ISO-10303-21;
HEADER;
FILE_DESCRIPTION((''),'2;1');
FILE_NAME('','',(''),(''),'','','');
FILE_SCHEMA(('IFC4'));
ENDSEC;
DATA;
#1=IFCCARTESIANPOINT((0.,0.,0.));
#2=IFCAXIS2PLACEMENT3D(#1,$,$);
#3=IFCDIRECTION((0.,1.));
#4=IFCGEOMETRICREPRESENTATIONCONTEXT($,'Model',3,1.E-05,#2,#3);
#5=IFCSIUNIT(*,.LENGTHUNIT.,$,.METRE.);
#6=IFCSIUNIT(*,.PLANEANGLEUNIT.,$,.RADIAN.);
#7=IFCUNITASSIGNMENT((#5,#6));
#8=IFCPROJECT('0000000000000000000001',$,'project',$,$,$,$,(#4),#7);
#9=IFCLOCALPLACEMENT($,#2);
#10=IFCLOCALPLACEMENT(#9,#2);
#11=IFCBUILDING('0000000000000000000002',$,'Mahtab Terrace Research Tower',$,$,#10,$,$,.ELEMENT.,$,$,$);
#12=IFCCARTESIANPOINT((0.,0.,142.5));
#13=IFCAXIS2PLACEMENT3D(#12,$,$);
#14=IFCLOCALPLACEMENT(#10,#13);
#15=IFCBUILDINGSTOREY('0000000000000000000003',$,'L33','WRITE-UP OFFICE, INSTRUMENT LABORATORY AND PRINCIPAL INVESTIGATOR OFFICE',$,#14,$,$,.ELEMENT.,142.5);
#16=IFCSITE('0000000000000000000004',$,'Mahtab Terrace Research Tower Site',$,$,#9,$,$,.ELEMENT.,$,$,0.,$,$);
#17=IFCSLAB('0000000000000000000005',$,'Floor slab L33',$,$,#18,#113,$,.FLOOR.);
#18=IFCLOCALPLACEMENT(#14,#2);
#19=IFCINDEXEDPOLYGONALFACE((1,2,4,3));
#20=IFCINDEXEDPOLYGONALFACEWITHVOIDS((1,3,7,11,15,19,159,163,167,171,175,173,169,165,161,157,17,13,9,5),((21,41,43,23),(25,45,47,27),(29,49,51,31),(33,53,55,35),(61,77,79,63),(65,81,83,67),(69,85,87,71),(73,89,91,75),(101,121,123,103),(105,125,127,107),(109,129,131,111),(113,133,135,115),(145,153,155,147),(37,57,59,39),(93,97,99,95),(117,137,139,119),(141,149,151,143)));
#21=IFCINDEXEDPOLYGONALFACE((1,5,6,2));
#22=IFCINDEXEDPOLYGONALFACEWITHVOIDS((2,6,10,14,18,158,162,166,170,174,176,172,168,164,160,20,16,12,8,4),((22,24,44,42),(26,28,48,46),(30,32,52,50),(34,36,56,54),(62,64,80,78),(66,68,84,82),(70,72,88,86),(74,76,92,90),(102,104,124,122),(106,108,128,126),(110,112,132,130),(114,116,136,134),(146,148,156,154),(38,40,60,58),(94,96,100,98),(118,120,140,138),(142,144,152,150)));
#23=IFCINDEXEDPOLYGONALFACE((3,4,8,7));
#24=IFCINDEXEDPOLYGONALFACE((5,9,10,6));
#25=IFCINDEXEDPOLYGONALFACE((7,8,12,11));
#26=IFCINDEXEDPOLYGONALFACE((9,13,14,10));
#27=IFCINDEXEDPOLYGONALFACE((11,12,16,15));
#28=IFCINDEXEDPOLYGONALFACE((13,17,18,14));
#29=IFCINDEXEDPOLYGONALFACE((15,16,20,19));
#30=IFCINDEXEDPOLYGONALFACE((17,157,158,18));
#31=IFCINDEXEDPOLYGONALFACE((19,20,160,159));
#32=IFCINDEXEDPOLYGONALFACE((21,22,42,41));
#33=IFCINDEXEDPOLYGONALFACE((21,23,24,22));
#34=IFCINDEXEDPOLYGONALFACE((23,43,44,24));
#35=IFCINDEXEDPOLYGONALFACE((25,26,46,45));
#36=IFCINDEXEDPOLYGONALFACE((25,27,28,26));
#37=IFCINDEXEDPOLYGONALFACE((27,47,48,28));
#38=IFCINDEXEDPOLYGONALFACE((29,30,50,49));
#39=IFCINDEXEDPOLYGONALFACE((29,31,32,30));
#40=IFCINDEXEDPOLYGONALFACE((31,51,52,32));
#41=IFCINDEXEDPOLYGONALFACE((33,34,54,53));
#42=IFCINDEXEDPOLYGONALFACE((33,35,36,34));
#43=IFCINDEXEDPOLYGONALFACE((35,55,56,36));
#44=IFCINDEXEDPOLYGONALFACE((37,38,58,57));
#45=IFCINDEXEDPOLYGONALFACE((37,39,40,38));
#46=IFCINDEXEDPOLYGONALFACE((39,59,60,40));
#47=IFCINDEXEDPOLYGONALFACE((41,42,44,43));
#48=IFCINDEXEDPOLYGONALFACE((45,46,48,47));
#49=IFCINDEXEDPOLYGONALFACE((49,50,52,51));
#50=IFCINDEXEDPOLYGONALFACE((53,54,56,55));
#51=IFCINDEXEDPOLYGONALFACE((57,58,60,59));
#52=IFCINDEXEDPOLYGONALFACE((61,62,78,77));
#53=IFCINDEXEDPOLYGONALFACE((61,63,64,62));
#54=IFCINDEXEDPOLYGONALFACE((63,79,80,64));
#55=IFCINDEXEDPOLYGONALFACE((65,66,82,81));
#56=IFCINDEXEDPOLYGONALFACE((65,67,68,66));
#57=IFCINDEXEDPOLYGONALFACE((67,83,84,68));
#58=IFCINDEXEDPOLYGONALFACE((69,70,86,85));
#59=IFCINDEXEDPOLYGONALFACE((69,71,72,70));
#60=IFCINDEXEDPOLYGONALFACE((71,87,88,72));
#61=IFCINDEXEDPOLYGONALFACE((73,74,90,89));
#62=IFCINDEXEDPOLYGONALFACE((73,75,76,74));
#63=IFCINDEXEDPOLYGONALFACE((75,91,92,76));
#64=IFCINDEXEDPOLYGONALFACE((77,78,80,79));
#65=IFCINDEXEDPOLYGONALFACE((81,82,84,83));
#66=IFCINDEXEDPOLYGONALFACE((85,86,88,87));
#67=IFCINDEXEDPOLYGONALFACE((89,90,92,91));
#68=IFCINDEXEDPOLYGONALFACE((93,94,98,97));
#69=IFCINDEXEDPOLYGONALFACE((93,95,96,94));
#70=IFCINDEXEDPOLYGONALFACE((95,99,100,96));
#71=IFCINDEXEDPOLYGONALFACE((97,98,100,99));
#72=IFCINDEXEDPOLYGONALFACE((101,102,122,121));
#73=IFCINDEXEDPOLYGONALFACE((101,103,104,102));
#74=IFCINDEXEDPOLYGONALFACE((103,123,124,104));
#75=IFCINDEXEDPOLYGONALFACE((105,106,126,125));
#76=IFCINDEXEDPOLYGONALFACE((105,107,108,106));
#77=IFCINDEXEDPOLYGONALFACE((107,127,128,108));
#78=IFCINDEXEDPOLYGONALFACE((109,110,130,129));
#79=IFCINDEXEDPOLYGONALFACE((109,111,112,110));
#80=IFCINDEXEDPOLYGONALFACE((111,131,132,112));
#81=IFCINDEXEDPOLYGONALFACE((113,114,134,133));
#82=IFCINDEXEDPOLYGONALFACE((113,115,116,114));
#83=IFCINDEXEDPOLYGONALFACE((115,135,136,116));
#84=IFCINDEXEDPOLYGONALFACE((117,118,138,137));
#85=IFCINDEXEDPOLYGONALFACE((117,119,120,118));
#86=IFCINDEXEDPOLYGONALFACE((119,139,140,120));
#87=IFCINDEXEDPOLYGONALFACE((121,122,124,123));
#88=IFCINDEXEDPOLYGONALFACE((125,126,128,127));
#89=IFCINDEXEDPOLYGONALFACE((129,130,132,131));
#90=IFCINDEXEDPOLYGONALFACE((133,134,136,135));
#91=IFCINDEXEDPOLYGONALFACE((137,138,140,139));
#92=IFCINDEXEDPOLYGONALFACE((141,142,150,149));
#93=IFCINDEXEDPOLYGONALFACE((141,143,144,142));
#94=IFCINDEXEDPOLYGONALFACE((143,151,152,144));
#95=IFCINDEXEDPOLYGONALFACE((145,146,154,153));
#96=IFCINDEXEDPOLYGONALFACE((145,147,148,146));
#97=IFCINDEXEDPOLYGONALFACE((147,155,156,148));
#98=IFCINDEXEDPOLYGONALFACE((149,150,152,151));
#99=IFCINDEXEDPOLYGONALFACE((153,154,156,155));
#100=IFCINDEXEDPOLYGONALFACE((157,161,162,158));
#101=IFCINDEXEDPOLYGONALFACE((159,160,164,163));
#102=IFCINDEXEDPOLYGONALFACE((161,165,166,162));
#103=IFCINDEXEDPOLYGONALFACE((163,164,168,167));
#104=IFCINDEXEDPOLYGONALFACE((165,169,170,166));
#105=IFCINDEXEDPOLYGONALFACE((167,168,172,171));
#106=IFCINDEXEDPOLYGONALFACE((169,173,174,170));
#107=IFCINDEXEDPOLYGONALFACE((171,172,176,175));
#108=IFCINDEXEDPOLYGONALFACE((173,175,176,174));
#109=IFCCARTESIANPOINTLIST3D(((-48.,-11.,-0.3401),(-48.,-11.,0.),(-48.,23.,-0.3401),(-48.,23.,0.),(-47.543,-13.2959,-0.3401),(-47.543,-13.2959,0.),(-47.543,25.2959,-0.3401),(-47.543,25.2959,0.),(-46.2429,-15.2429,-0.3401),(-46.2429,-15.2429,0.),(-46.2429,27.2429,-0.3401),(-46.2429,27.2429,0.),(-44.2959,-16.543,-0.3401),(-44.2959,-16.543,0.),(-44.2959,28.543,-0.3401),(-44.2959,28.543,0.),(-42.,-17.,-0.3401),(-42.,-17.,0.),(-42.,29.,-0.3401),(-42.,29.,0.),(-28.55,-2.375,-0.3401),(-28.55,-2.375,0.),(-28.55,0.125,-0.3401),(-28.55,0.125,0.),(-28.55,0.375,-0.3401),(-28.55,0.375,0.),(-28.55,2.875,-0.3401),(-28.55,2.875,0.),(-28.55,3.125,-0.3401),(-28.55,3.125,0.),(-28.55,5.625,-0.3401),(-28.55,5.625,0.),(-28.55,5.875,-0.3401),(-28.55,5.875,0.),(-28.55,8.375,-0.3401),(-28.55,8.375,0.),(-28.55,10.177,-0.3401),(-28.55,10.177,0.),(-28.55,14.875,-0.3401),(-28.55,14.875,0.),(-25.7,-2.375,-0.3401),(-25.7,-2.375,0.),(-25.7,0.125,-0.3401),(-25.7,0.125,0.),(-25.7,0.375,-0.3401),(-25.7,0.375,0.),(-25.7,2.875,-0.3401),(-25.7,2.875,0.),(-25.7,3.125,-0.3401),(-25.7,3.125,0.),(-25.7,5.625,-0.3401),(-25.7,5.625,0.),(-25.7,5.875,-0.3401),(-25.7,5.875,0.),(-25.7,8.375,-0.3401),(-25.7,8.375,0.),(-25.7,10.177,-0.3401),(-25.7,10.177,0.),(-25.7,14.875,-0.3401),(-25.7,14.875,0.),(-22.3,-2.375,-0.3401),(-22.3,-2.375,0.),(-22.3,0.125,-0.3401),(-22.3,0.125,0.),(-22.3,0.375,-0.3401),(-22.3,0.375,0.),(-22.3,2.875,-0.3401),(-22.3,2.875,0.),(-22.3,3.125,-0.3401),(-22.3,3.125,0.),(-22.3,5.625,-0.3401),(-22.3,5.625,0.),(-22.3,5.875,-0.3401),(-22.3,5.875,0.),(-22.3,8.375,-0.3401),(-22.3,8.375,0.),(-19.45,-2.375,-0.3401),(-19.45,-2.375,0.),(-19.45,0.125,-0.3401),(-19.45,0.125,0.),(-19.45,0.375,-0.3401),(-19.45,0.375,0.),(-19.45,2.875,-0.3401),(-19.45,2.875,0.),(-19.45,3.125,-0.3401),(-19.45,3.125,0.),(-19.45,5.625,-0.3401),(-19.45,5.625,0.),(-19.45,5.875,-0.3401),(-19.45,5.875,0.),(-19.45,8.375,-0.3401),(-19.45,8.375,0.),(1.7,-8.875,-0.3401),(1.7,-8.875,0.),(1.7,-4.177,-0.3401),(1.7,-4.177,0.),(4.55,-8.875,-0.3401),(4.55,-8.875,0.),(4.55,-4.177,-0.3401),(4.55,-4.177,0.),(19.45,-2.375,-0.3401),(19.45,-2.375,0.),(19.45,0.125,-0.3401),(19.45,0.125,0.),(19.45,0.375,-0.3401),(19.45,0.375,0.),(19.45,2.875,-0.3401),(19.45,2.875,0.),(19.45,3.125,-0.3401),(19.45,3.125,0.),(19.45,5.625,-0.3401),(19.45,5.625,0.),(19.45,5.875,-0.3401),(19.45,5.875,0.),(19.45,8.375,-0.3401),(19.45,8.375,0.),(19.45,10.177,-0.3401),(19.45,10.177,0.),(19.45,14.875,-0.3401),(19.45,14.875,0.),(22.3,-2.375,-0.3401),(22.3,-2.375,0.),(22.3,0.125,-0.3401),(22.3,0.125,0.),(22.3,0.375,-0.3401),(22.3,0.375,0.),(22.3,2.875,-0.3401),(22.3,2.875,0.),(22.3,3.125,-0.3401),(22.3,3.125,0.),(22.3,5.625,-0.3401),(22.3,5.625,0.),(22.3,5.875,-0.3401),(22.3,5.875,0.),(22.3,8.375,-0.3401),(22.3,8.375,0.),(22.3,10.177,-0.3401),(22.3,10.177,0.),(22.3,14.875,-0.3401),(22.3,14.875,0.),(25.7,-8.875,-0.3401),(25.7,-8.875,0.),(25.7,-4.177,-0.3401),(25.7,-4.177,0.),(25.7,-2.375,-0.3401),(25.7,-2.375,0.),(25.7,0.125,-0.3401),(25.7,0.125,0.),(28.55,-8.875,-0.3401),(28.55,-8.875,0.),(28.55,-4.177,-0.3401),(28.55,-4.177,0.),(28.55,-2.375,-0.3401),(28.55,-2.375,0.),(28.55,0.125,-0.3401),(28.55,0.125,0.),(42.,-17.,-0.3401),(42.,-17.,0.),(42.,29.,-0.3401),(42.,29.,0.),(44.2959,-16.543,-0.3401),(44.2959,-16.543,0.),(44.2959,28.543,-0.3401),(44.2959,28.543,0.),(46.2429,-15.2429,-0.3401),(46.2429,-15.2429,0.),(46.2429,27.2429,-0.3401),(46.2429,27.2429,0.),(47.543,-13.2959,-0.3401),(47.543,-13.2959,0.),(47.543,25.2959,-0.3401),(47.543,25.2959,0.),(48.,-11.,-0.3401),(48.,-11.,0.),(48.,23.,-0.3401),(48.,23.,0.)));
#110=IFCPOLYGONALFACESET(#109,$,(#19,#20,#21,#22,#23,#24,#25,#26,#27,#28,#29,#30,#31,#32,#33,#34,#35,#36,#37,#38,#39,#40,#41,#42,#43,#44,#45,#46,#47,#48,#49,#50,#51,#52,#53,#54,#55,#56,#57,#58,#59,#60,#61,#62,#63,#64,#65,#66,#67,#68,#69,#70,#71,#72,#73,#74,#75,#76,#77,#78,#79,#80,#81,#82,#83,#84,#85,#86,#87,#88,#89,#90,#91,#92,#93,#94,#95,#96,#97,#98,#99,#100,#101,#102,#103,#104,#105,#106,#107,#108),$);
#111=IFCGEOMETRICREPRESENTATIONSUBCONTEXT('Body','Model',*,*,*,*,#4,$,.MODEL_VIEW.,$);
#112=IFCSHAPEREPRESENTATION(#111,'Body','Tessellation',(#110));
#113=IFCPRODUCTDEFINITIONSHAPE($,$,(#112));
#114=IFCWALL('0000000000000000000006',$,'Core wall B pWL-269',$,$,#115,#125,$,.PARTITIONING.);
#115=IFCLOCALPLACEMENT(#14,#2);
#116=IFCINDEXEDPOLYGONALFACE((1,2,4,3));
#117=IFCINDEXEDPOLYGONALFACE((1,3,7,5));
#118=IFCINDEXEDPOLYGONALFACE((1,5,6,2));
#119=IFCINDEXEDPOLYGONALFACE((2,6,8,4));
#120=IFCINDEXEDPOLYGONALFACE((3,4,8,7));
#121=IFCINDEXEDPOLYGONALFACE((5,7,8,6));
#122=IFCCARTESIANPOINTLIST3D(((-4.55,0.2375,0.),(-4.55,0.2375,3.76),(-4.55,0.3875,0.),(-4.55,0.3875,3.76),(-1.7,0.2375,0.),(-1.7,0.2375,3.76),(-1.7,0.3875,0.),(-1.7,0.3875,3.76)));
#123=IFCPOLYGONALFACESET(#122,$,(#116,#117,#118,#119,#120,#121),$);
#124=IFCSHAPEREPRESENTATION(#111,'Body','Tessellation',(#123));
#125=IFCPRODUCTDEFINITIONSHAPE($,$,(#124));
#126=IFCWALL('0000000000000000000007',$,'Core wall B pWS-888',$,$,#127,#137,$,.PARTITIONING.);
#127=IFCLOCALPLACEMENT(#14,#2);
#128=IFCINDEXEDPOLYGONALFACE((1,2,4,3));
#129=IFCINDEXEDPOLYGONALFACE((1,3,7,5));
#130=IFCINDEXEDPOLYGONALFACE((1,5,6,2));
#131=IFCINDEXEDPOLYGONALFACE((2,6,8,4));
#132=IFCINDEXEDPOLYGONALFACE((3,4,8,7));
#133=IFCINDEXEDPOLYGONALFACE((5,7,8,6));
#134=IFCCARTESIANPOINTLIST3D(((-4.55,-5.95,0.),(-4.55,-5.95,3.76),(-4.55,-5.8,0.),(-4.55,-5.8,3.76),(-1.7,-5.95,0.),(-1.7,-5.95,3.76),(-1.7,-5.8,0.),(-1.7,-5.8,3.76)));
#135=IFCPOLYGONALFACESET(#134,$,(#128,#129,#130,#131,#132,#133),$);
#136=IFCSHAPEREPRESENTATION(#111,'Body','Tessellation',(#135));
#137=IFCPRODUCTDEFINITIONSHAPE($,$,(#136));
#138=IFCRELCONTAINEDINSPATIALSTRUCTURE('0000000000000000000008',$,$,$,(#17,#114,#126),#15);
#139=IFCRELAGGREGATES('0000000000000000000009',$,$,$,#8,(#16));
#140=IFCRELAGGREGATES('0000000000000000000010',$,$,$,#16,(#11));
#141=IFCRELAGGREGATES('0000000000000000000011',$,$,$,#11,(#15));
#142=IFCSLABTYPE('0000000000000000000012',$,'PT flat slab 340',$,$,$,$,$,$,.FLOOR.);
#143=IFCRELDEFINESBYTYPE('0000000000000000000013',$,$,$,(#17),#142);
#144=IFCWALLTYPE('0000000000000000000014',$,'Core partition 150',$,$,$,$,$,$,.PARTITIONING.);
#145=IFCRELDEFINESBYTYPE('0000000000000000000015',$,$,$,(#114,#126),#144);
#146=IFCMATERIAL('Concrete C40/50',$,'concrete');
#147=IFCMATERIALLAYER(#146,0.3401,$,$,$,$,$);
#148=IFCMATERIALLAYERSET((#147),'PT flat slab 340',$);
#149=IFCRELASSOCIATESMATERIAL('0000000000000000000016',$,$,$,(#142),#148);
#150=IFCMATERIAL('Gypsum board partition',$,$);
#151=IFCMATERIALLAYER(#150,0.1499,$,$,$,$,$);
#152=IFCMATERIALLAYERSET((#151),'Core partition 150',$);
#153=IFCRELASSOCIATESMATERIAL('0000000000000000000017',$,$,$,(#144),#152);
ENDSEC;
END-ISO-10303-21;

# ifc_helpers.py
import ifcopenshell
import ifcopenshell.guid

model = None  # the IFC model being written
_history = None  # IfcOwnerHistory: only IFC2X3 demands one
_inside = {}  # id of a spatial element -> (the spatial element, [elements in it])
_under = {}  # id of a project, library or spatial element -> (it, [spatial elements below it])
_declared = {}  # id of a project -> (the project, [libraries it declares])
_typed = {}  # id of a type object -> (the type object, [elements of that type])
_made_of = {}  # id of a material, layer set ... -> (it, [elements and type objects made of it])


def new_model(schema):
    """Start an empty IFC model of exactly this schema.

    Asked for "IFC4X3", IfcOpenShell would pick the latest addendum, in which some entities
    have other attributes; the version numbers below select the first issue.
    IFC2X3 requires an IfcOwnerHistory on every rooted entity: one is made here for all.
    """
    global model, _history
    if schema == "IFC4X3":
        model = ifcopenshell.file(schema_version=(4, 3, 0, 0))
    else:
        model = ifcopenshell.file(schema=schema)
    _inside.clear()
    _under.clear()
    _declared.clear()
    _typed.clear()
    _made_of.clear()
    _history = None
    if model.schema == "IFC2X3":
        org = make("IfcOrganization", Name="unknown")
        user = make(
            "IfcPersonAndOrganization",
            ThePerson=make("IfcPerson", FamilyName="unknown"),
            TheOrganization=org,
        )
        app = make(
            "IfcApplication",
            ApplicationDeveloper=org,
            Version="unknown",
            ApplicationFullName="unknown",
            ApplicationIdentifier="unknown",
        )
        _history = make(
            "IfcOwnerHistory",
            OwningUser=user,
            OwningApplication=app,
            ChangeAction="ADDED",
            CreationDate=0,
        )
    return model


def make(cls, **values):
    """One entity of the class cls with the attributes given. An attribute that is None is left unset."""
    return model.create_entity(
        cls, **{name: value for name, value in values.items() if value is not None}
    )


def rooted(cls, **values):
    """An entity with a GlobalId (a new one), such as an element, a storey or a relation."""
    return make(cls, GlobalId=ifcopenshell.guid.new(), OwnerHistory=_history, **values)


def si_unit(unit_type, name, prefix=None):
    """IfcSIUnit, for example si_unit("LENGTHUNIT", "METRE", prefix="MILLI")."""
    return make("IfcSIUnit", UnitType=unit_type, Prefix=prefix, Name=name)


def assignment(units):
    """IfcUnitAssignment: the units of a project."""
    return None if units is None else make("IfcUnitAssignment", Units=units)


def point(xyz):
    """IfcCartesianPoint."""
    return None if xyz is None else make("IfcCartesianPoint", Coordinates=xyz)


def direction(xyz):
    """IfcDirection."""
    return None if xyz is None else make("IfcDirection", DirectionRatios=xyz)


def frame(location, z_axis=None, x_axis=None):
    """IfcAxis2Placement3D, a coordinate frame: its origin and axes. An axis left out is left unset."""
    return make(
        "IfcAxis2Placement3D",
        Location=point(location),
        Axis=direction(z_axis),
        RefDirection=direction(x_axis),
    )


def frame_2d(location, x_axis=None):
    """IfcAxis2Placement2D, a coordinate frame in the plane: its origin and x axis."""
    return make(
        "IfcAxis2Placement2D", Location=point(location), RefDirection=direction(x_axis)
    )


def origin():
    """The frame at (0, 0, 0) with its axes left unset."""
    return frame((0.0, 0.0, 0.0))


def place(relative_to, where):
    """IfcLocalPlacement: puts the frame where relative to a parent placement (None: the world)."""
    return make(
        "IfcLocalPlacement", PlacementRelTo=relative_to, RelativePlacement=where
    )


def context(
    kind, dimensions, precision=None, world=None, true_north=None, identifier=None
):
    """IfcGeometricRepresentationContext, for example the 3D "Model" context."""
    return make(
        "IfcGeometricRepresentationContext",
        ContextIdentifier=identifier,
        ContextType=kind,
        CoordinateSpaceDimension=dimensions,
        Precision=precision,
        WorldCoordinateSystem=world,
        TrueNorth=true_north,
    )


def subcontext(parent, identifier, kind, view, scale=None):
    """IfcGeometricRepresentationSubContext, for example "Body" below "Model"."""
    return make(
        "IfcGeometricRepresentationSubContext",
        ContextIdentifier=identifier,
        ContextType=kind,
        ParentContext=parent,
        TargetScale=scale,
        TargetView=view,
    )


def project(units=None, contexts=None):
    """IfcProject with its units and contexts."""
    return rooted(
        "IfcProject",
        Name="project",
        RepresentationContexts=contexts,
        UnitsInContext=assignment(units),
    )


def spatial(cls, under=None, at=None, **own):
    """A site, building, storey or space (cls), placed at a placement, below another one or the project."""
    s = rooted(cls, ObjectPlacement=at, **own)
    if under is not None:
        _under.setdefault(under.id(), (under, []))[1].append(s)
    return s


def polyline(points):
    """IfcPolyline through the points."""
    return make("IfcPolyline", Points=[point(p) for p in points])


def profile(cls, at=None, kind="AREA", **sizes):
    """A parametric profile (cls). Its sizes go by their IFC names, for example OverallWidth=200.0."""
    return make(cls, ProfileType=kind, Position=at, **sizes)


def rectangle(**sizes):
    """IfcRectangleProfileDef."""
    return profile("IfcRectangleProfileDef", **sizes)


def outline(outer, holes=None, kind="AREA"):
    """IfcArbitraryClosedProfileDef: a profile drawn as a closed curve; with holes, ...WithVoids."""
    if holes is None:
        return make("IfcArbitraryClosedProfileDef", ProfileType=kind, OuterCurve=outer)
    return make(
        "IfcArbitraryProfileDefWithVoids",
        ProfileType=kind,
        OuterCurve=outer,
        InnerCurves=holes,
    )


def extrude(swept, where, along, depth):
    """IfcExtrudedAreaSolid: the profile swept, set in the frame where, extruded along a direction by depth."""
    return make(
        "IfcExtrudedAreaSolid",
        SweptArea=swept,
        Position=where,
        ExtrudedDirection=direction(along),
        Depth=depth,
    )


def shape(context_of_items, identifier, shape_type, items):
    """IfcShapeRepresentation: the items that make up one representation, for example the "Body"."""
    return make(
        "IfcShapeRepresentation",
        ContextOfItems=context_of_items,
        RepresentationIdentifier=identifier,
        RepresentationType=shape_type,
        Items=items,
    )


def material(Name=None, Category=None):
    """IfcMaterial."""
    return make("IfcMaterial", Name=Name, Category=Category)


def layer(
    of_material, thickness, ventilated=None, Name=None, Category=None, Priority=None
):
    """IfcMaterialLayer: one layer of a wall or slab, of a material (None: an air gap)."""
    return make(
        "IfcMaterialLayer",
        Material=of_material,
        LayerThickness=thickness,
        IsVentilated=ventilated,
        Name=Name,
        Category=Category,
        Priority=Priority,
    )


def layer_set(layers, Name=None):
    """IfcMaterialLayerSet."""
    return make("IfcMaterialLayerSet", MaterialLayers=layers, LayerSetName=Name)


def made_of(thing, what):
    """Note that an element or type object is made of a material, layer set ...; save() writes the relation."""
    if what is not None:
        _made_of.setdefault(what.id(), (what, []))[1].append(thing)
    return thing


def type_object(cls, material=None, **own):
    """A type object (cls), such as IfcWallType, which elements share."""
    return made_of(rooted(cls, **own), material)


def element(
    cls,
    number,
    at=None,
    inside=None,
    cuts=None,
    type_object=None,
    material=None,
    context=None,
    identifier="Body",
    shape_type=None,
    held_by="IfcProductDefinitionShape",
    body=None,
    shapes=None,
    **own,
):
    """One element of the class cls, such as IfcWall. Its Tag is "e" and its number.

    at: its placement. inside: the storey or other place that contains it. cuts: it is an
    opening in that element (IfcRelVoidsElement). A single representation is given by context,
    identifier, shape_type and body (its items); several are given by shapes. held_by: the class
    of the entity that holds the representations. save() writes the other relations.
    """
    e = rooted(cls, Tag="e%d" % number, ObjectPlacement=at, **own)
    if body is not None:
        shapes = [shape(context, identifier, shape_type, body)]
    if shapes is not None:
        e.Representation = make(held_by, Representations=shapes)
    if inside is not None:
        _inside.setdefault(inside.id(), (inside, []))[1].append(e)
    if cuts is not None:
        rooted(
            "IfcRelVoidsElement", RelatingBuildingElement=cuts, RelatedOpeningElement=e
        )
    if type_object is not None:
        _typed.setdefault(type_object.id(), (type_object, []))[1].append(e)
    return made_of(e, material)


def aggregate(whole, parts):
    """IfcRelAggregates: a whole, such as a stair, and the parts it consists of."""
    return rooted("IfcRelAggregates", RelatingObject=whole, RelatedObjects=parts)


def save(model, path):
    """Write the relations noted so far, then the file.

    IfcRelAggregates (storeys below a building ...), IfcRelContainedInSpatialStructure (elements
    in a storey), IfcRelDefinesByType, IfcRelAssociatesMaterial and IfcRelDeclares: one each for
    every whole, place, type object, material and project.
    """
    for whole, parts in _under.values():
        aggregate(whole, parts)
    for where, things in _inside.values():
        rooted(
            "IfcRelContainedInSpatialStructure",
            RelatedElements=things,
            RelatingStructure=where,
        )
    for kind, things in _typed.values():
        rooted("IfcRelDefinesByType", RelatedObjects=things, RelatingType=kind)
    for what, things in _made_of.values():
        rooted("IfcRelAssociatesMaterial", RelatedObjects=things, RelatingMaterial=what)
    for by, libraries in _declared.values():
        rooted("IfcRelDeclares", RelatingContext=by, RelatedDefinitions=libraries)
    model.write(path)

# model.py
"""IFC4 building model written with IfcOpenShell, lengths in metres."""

from ifc_helpers import new_model, si_unit, direction, frame, frame_2d, origin, place, context, subcontext, project, spatial, polyline, rectangle, outline, extrude, material, layer, layer_set, type_object, element, save


model = new_model("IFC4")

# Units and contexts
model_context = context("Model", 3, precision=1e-05, world=origin(), true_north=direction((0.0, 1.0)))
body_context = subcontext(model_context, "Body", "Model", "MODEL_VIEW")
ifc_project = project(units=[si_unit("LENGTHUNIT", "METRE"), si_unit("PLANEANGLEUNIT", "RADIAN")], contexts=[model_context])

# Site, building, storey
site_placement = place(None, origin())
site = spatial("IfcSite", under=ifc_project, at=site_placement, Name="Mahtab Terrace Research Tower Site", CompositionType="ELEMENT", RefElevation=0.0)
building_placement = place(site_placement, origin())
building = spatial("IfcBuilding", under=site, at=building_placement, Name="Mahtab Terrace Research Tower", CompositionType="ELEMENT")
storey_placement = place(building_placement, frame((0.0, 0.0, 142.5)))
storey = spatial("IfcBuildingStorey", under=building, at=storey_placement, Name="L33", Description="WRITE-UP OFFICE, INSTRUMENT LABORATORY AND PRINCIPAL INVESTIGATOR OFFICE", CompositionType="ELEMENT", Elevation=142.5)

# Slab
ifc_material_1 = material(Name="Concrete C40/50", Category="concrete")
ifc_layer_1 = layer(ifc_material_1, 0.3401)
ifc_layer_set_1 = layer_set([ifc_layer_1], Name="PT flat slab 340")
slab_type = type_object("IfcSlabType", Name="PT flat slab 340", PredefinedType="FLOOR", material=ifc_layer_set_1)
slab_placement = place(storey_placement, frame((0.0, 0.0, -0.3401)))
element("IfcSlab", 1, at=slab_placement, inside=storey, type_object=slab_type, Name="Floor slab L33", PredefinedType="FLOOR", context=body_context, shape_type="SweptSolid", body=[
    extrude(outline(polyline([(47.543, 25.2959), (46.2429, 27.2429), (44.2959, 28.543), (42.0, 29.0), (-42.0, 29.0), (-44.2959, 28.543), (-46.2429, 27.2429), (-47.543, 25.2959), (-48.0, 23.0), (-48.0, -11.0), (-47.543, -13.2959), (-46.2429, -15.2429), (-44.2959, -16.543), (-42.0, -17.0), (42.0, -17.0), (44.2959, -16.543), (46.2429, -15.2429), (47.543, -13.2959), (48.0, -11.0), (48.0, 23.0), (47.543, 25.2959)]), holes=[polyline([(-28.55, -2.375), (-28.55, 0.125), (-25.7, 0.125), (-25.7, -2.375), (-28.55, -2.375)]), polyline([(-22.3, -2.375), (-22.3, 0.125), (-19.45, 0.125), (-19.45, -2.375), (-22.3, -2.375)]), polyline([(-28.55, 0.375), (-28.55, 2.875), (-25.7, 2.875), (-25.7, 0.375), (-28.55, 0.375)]), polyline([(-22.3, 0.375), (-22.3, 2.875), (-19.45, 2.875), (-19.45, 0.375), (-22.3, 0.375)]), polyline([(-28.55, 3.125), (-28.55, 5.625), (-25.7, 5.625), (-25.7, 3.125), (-28.55, 3.125)]), polyline([(-22.3, 3.125), (-22.3, 5.625), (-19.45, 5.625), (-19.45, 3.125), (-22.3, 3.125)]), polyline([(-28.55, 5.875), (-28.55, 8.375), (-25.7, 8.375), (-25.7, 5.875), (-28.55, 5.875)]), polyline([(-22.3, 5.875), (-22.3, 8.375), (-19.45, 8.375), (-19.45, 5.875), (-22.3, 5.875)]), polyline([(-28.55, 10.177), (-28.55, 14.875), (-25.7, 14.875), (-25.7, 10.177), (-28.55, 10.177)]), polyline([(1.7, -8.875), (1.7, -4.177), (4.55, -4.177), (4.55, -8.875), (1.7, -8.875)]), polyline([(25.7, -8.875), (25.7, -4.177), (28.55, -4.177), (28.55, -8.875), (25.7, -8.875)]), polyline([(19.45, -2.375), (19.45, 0.125), (22.3, 0.125), (22.3, -2.375), (19.45, -2.375)]), polyline([(25.7, -2.375), (25.7, 0.125), (28.55, 0.125), (28.55, -2.375), (25.7, -2.375)]), polyline([(19.45, 0.375), (19.45, 2.875), (22.3, 2.875), (22.3, 0.375), (19.45, 0.375)]), polyline([(19.45, 3.125), (19.45, 5.625), (22.3, 5.625), (22.3, 3.125), (19.45, 3.125)]), polyline([(19.45, 8.375), (22.3, 8.375), (22.3, 5.875), (19.45, 5.875), (19.45, 8.375)]), polyline([(19.45, 14.875), (22.3, 14.875), (22.3, 10.177), (19.45, 10.177), (19.45, 14.875)])]), origin(), (0.0, 0.0, 1.0), 0.3401),
])

# Walls
ifc_material_2 = material(Name="Gypsum board partition")
ifc_layer_2 = layer(ifc_material_2, 0.1499)
ifc_layer_set_2 = layer_set([ifc_layer_2], Name="Core partition 150")
wall_type_1 = type_object("IfcWallType", Name="Core partition 150", PredefinedType="PARTITIONING", material=ifc_layer_set_2)
for number, where, z_axis, x_axis, name in (
    (2, (-4.55, 0.3125, 0.0), (0.0, 0.0, 1.0), (1.0, 0.0, 0.0), "Core wall B pWL-269"),
    (3, (-4.55, -5.875, 0.0), (0.0, 0.0, 1.0), (1.0, 0.0, 0.0), "Core wall B pWS-888"),
):
    element("IfcWall", number, at=place(storey_placement, frame(where, z_axis=z_axis, x_axis=x_axis)), inside=storey, type_object=wall_type_1, Name=name, PredefinedType="PARTITIONING", context=body_context, shape_type="SweptSolid", body=[
        extrude(rectangle(XDim=2.8501, YDim=0.1499, at=frame_2d((1.425, 0.0))), origin(), (0.0, 0.0, 1.0), 3.76),
    ])

save(model, "model.ifc")
